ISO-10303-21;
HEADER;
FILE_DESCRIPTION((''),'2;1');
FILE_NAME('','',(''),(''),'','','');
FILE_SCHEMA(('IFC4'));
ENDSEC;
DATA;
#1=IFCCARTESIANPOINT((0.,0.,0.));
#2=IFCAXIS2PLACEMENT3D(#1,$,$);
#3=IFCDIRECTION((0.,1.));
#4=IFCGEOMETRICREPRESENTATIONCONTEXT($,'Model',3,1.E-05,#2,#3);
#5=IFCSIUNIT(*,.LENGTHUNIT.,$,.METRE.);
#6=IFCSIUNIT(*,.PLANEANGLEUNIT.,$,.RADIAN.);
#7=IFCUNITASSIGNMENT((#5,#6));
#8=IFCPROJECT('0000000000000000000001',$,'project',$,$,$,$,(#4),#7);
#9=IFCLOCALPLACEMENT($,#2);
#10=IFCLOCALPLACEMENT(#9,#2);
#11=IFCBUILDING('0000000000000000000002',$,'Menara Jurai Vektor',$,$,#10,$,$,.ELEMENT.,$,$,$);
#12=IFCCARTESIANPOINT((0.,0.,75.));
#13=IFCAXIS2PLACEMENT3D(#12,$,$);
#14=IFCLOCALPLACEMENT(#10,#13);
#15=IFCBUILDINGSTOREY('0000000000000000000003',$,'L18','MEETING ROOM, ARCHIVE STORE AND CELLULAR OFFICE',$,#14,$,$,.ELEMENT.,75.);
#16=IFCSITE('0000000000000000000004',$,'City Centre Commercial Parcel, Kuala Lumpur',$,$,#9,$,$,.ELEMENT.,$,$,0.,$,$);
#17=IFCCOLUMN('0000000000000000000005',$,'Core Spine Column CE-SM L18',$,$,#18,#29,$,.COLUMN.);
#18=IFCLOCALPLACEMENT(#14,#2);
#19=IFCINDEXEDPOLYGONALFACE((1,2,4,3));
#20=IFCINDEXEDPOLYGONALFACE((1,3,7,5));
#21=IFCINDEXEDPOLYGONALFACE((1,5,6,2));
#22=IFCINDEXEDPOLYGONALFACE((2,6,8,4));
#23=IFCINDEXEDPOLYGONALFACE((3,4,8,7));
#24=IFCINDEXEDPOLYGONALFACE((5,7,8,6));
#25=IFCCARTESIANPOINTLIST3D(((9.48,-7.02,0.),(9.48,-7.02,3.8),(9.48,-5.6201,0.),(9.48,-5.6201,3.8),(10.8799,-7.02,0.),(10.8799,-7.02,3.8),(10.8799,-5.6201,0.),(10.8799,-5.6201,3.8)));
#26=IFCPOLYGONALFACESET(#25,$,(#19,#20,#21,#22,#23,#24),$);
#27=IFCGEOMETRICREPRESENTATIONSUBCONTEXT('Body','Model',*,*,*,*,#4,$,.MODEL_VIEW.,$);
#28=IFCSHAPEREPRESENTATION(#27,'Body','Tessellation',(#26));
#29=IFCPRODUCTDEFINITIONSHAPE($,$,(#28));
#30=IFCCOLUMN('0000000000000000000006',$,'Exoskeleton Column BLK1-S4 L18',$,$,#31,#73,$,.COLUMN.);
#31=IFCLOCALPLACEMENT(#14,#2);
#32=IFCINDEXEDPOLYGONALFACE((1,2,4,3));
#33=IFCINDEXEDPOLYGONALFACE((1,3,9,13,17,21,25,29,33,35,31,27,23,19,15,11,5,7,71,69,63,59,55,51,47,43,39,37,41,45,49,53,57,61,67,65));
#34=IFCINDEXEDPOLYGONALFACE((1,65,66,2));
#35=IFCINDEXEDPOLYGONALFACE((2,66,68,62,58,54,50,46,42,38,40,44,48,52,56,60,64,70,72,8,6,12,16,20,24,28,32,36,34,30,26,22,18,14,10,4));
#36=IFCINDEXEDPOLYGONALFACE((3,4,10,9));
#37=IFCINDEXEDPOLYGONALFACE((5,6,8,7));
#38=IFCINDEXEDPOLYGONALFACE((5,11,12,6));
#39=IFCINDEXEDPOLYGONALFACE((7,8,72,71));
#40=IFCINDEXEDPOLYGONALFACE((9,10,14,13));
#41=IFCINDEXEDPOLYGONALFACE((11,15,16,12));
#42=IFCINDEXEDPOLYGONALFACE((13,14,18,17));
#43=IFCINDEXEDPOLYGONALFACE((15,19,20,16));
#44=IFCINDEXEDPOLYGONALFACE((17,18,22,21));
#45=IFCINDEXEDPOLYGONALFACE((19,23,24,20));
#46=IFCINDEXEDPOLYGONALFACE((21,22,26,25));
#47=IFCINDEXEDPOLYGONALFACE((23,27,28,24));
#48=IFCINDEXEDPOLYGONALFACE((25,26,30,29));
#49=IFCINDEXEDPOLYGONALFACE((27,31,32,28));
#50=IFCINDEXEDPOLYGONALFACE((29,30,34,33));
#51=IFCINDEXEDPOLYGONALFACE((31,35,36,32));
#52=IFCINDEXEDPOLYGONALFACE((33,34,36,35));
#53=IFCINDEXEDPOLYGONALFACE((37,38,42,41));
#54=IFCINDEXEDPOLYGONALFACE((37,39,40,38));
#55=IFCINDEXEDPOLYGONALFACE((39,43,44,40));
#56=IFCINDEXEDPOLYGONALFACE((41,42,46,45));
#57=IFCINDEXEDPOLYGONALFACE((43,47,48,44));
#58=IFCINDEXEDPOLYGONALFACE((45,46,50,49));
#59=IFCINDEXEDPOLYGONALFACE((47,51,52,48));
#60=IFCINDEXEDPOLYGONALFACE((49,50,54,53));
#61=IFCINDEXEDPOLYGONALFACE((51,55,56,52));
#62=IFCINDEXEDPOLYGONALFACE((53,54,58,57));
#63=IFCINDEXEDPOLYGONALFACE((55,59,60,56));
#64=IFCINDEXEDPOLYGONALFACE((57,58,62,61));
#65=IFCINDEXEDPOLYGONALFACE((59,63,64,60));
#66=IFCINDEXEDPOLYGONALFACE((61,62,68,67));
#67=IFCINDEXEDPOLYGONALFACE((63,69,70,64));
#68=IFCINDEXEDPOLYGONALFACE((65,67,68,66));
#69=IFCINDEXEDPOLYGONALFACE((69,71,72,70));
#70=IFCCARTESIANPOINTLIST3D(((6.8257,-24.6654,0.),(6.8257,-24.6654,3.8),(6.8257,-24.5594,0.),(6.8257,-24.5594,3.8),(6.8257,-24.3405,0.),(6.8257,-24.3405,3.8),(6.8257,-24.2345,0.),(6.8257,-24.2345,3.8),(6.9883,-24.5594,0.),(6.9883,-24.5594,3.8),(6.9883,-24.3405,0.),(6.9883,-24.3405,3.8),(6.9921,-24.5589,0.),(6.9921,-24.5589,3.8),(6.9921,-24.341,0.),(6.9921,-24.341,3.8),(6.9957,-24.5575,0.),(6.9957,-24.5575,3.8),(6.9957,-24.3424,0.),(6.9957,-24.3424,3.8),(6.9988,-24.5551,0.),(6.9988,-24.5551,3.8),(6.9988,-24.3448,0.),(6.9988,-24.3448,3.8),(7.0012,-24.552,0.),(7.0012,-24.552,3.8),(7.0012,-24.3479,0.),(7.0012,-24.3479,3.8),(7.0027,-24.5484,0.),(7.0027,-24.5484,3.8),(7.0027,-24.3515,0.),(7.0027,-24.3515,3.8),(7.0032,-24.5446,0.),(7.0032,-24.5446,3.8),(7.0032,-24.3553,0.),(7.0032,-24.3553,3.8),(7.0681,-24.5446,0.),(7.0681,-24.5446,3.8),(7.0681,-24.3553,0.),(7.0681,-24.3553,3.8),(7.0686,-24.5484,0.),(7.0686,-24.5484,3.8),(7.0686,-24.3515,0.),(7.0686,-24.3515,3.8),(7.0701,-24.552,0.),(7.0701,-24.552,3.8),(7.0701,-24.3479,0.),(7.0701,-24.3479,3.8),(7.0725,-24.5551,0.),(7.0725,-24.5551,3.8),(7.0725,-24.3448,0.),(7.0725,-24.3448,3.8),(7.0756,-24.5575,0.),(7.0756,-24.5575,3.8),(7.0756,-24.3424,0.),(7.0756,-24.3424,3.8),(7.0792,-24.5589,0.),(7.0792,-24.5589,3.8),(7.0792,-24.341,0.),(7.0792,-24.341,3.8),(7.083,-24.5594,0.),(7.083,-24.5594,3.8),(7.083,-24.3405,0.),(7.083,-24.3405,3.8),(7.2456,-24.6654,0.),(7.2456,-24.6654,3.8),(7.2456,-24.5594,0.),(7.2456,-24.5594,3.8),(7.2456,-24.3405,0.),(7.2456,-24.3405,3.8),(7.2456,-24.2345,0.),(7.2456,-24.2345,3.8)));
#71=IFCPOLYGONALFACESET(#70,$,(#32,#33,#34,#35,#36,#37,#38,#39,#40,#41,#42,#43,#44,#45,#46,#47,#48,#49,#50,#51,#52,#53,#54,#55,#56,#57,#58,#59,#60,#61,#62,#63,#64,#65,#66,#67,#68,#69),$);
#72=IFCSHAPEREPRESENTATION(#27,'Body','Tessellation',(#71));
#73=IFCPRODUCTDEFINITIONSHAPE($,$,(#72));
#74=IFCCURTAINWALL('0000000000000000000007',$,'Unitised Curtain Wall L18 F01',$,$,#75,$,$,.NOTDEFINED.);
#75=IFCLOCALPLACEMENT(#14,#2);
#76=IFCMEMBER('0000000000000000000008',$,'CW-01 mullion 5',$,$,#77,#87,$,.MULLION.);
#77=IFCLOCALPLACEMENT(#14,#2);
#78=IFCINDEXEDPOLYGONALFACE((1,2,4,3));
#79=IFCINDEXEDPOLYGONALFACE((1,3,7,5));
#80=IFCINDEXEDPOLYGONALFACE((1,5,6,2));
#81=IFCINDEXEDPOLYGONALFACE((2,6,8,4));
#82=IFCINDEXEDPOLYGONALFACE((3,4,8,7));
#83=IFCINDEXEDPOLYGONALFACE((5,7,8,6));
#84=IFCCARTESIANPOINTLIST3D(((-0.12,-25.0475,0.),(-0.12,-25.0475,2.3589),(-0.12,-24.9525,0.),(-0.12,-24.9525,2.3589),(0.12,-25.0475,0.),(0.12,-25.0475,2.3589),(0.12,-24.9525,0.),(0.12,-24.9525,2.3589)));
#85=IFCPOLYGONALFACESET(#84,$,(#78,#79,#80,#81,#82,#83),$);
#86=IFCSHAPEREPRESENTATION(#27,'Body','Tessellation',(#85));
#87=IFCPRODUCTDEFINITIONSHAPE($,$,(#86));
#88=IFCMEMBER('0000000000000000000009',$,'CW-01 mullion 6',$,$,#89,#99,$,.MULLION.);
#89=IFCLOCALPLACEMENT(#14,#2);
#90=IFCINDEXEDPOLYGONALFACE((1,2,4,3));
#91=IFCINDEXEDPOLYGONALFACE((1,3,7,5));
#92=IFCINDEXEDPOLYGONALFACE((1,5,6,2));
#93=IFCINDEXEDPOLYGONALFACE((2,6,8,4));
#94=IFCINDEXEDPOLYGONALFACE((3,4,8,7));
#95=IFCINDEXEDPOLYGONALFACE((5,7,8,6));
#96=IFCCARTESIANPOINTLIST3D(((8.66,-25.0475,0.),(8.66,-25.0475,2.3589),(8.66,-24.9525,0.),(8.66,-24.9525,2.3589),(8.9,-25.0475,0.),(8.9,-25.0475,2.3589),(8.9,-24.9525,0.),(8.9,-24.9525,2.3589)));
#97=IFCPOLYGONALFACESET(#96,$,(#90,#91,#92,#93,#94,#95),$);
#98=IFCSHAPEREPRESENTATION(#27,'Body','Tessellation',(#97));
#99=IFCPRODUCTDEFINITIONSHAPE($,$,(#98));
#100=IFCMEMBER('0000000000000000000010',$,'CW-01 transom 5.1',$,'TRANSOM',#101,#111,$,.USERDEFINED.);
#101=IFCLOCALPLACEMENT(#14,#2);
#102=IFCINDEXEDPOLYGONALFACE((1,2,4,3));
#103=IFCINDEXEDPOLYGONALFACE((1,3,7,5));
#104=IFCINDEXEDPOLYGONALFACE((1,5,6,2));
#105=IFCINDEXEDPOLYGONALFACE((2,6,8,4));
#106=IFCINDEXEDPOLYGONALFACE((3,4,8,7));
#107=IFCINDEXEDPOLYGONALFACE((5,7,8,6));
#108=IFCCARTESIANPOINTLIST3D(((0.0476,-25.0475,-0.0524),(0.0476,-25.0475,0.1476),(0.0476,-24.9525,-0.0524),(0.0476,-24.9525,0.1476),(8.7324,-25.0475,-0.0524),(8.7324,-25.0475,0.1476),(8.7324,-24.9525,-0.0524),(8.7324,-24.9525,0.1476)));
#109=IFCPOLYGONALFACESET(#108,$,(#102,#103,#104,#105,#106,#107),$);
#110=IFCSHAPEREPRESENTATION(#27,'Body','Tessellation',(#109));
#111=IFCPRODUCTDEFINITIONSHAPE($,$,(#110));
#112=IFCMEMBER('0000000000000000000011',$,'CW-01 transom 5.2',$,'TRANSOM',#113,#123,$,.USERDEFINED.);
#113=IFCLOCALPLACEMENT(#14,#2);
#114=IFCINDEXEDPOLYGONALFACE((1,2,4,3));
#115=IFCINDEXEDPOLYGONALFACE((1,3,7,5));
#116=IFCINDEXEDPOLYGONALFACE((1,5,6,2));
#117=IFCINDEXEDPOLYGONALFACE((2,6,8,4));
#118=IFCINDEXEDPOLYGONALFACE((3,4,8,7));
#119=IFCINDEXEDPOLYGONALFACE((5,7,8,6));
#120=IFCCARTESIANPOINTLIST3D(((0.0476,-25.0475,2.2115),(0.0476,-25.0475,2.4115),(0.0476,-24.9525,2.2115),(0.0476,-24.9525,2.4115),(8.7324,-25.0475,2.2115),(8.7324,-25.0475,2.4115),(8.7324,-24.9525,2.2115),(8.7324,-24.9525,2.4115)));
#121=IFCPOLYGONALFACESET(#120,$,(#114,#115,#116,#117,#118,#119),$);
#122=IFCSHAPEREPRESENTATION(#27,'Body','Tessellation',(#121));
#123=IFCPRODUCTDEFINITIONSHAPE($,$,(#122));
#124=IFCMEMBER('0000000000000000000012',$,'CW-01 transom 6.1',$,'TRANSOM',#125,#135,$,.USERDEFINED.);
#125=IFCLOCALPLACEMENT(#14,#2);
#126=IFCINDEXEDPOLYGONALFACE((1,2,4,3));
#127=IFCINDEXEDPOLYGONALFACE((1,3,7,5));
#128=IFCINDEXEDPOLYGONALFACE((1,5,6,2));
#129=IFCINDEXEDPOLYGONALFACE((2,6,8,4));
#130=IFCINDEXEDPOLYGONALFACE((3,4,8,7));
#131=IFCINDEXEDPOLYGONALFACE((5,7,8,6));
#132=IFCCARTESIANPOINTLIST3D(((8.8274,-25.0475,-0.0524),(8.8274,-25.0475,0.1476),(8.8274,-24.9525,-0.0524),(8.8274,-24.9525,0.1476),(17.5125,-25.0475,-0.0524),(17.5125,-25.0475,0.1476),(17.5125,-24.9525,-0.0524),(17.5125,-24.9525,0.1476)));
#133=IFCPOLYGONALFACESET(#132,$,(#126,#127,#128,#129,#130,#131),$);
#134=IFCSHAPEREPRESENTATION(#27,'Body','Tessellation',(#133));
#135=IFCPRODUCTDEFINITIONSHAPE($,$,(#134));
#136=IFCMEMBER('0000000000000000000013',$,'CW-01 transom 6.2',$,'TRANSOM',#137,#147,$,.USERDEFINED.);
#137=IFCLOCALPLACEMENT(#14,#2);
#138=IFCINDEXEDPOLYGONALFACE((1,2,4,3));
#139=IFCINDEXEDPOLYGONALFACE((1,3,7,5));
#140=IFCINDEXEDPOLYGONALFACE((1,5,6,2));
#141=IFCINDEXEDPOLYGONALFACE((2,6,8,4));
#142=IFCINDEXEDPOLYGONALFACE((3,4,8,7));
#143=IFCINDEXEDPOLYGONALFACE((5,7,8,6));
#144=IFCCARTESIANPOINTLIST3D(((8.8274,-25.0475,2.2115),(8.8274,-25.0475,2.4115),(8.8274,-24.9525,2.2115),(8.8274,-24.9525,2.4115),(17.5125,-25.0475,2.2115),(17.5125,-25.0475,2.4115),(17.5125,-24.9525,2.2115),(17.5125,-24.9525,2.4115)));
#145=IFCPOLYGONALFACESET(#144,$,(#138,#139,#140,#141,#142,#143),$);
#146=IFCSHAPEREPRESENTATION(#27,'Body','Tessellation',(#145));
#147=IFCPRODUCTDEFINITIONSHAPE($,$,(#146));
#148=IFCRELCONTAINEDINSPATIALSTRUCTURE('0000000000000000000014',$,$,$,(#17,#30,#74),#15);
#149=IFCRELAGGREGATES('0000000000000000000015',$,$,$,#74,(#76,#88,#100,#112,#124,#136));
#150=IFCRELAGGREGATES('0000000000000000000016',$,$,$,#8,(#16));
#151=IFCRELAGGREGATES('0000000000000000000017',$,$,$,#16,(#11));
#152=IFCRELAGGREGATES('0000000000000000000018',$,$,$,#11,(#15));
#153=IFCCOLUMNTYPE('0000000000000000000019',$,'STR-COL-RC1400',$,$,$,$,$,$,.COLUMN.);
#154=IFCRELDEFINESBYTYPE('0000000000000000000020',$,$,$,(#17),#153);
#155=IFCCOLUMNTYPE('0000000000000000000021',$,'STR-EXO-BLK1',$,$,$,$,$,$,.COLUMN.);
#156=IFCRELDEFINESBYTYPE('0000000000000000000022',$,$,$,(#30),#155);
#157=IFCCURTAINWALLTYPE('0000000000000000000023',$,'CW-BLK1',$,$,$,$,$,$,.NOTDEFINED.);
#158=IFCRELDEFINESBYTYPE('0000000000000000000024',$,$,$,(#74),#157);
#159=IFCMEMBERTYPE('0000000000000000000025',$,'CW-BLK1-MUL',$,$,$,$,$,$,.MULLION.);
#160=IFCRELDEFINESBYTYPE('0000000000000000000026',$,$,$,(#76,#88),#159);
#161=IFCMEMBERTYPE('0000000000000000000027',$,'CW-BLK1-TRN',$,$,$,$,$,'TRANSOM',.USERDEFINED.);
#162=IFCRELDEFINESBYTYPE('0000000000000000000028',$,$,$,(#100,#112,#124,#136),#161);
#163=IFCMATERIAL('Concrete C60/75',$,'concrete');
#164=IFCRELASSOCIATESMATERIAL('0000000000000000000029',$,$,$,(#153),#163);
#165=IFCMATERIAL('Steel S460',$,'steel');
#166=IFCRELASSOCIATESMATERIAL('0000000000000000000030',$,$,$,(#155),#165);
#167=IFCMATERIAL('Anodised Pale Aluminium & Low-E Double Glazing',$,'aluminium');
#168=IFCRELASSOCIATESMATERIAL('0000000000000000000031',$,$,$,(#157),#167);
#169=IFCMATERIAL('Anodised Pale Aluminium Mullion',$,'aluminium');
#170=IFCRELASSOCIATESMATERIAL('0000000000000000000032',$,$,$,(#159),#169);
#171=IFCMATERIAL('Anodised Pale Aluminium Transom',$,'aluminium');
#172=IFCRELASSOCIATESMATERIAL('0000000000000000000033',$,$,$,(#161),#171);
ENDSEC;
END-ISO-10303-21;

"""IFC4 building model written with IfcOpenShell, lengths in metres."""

from ifc_helpers import new_model, si_unit, direction, frame, origin, origin_2d, place, context, subcontext, project, spatial, rectangle, i_section, extrude, material, material_profile, profile_set, type_object, element, aggregate, save


model = new_model("IFC4")

# Units and contexts
model_context = context("Model", 3, precision=1e-05, world=origin(), true_north=direction((0.0, 1.0)))
body_context = subcontext(model_context, "Body", "Model", "MODEL_VIEW")
ifc_project = project(units=[si_unit("LENGTHUNIT", "METRE"), si_unit("PLANEANGLEUNIT", "RADIAN")], contexts=[model_context])

# Site, building, storey
site_placement = place(None, origin())
site = spatial("IfcSite", under=ifc_project, at=site_placement, Name="City Centre Commercial Parcel, Kuala Lumpur", CompositionType="ELEMENT", RefElevation=0.0)
building_placement = place(site_placement, origin())
building = spatial("IfcBuilding", under=site, at=building_placement, Name="Menara Jurai Vektor", CompositionType="ELEMENT")
storey_placement = place(building_placement, frame((0.0, 0.0, 75.0)))
storey = spatial("IfcBuildingStorey", under=building, at=storey_placement, Name="L18", Description="MEETING ROOM, ARCHIVE STORE AND CELLULAR OFFICE", CompositionType="ELEMENT", Elevation=75.0)

# Columns
ifc_material_1 = material(Name="Concrete C60/75", Category="concrete")
ifc_material_profile_1 = material_profile(ifc_material_1, rectangle(XDim=1.3999, YDim=1.3999, at=origin_2d()), Name="RC 1400x1400")
ifc_profile_set_1 = profile_set([ifc_material_profile_1], Name="Concrete C60/75")
column_type_1 = type_object("IfcColumnType", Name="STR-COL-RC1400", PredefinedType="COLUMN", material=ifc_profile_set_1)
column_1_placement = place(storey_placement, frame((10.1799, -6.3201, 0.0), z_axis=(0.0, 0.0, 1.0), x_axis=(1.0, 0.0, 0.0)))
element("IfcColumn", 1, at=column_1_placement, inside=storey, type_object=column_type_1, Name="Core Spine Column CE-SM L18", PredefinedType="COLUMN", context=body_context, shape_type="SweptSolid", body=[
    extrude(rectangle(XDim=1.3999, YDim=1.3999, at=origin_2d()), origin(), (0.0, 0.0, 1.0), 3.8),
])
ifc_material_2 = material(Name="Steel S460", Category="steel")
ifc_material_profile_2 = material_profile(ifc_material_2, i_section(OverallWidth=0.4199, OverallDepth=0.4309, WebThickness=0.0649, FlangeThickness=0.106, FilletRadius=0.0149, at=origin_2d()), Name="HD 400x900")
ifc_profile_set_2 = profile_set([ifc_material_profile_2], Name="Steel S460")
column_type_2 = type_object("IfcColumnType", Name="STR-EXO-BLK1", PredefinedType="COLUMN", material=ifc_profile_set_2)
column_2_placement = place(storey_placement, frame((7.0356, -24.45, 0.0), z_axis=(0.0, 0.0, 1.0), x_axis=(1.0, 0.0, 0.0)))
element("IfcColumn", 2, at=column_2_placement, inside=storey, type_object=column_type_2, Name="Exoskeleton Column BLK1-S4 L18", PredefinedType="COLUMN", context=body_context, shape_type="SweptSolid", body=[
    extrude(i_section(OverallWidth=0.4199, OverallDepth=0.4309, WebThickness=0.0649, FlangeThickness=0.106, FilletRadius=0.0149, at=origin_2d()), origin(), (0.0, 0.0, 1.0), 3.8),
])

# Curtain wall, members
ifc_material_3 = material(Name="Anodised Pale Aluminium & Low-E Double Glazing", Category="aluminium")
curtain_wall_type = type_object("IfcCurtainWallType", Name="CW-BLK1", PredefinedType="NOTDEFINED", material=ifc_material_3)
curtain_wall_placement = place(storey_placement, origin())
curtain_wall = element("IfcCurtainWall", 3, at=curtain_wall_placement, inside=storey, type_object=curtain_wall_type, Name="Unitised Curtain Wall L18 F01", PredefinedType="NOTDEFINED")
ifc_material_4 = material(Name="Anodised Pale Aluminium Mullion", Category="aluminium")
ifc_material_profile_3 = material_profile(ifc_material_4, rectangle(XDim=0.095, YDim=0.24, at=origin_2d()), Name="ALU MUL 95x240")
ifc_profile_set_3 = profile_set([ifc_material_profile_3], Name="Anodised Pale Aluminium Mullion")
member_type_1 = type_object("IfcMemberType", Name="CW-BLK1-MUL", PredefinedType="MULLION", material=ifc_profile_set_3)
member_1_placement = place(storey_placement, frame((0.0, -25.0, 0.0), z_axis=(0.0, 0.0, 1.0), x_axis=(0.0, 1.0, 0.0)))
member_1 = element("IfcMember", 4, at=member_1_placement, type_object=member_type_1, Name="CW-01 mullion 5", PredefinedType="MULLION", context=body_context, shape_type="SweptSolid", body=[
    extrude(rectangle(XDim=0.095, YDim=0.24, at=origin_2d()), origin(), (0.0, 0.0, 1.0), 2.3589),
])
member_2_placement = place(storey_placement, frame((8.78, -25.0, 0.0), z_axis=(0.0, 0.0, 1.0), x_axis=(0.0, 1.0, 0.0)))
member_2 = element("IfcMember", 5, at=member_2_placement, type_object=member_type_1, Name="CW-01 mullion 6", PredefinedType="MULLION", context=body_context, shape_type="SweptSolid", body=[
    extrude(rectangle(XDim=0.095, YDim=0.24, at=origin_2d()), origin(), (0.0, 0.0, 1.0), 2.3589),
])
ifc_material_5 = material(Name="Anodised Pale Aluminium Transom", Category="aluminium")
ifc_material_profile_4 = material_profile(ifc_material_5, rectangle(XDim=0.095, YDim=0.2, at=origin_2d()), Name="ALU TRN 95x200")
ifc_profile_set_4 = profile_set([ifc_material_profile_4], Name="Anodised Pale Aluminium Transom")
member_type_2 = type_object("IfcMemberType", Name="CW-BLK1-TRN", ElementType="TRANSOM", PredefinedType="USERDEFINED", material=ifc_profile_set_4)
member_3_placement = place(storey_placement, frame((0.0476, -25.0, 0.0476), z_axis=(1.0, 0.0, 0.0), x_axis=(0.0, 1.0, 0.0)))
member_3 = element("IfcMember", 6, at=member_3_placement, type_object=member_type_2, Name="CW-01 transom 5.1", ObjectType="TRANSOM", PredefinedType="USERDEFINED", context=body_context, shape_type="SweptSolid", body=[
    extrude(rectangle(XDim=0.095, YDim=0.2, at=origin_2d()), origin(), (0.0, 0.0, 1.0), 8.6848),
])
member_4_placement = place(storey_placement, frame((0.0476, -25.0, 2.3115), z_axis=(1.0, 0.0, 0.0), x_axis=(0.0, 1.0, 0.0)))
member_4 = element("IfcMember", 7, at=member_4_placement, type_object=member_type_2, Name="CW-01 transom 5.2", ObjectType="TRANSOM", PredefinedType="USERDEFINED", context=body_context, shape_type="SweptSolid", body=[
    extrude(rectangle(XDim=0.095, YDim=0.2, at=origin_2d()), origin(), (0.0, 0.0, 1.0), 8.6848),
])
member_5_placement = place(storey_placement, frame((8.8274, -25.0, 0.0476), z_axis=(1.0, 0.0, 0.0), x_axis=(0.0, 1.0, 0.0)))
member_5 = element("IfcMember", 8, at=member_5_placement, type_object=member_type_2, Name="CW-01 transom 6.1", ObjectType="TRANSOM", PredefinedType="USERDEFINED", context=body_context, shape_type="SweptSolid", body=[
    extrude(rectangle(XDim=0.095, YDim=0.2, at=origin_2d()), origin(), (0.0, 0.0, 1.0), 8.6851),
])
member_6_placement = place(storey_placement, frame((8.8274, -25.0, 2.3115), z_axis=(1.0, 0.0, 0.0), x_axis=(0.0, 1.0, 0.0)))
member_6 = element("IfcMember", 9, at=member_6_placement, type_object=member_type_2, Name="CW-01 transom 6.2", ObjectType="TRANSOM", PredefinedType="USERDEFINED", context=body_context, shape_type="SweptSolid", body=[
    extrude(rectangle(XDim=0.095, YDim=0.2, at=origin_2d()), origin(), (0.0, 0.0, 1.0), 8.6851),
])

aggregate(curtain_wall, [member_1, member_2, member_3, member_4, member_5, member_6])

save(model, "model.ifc")
